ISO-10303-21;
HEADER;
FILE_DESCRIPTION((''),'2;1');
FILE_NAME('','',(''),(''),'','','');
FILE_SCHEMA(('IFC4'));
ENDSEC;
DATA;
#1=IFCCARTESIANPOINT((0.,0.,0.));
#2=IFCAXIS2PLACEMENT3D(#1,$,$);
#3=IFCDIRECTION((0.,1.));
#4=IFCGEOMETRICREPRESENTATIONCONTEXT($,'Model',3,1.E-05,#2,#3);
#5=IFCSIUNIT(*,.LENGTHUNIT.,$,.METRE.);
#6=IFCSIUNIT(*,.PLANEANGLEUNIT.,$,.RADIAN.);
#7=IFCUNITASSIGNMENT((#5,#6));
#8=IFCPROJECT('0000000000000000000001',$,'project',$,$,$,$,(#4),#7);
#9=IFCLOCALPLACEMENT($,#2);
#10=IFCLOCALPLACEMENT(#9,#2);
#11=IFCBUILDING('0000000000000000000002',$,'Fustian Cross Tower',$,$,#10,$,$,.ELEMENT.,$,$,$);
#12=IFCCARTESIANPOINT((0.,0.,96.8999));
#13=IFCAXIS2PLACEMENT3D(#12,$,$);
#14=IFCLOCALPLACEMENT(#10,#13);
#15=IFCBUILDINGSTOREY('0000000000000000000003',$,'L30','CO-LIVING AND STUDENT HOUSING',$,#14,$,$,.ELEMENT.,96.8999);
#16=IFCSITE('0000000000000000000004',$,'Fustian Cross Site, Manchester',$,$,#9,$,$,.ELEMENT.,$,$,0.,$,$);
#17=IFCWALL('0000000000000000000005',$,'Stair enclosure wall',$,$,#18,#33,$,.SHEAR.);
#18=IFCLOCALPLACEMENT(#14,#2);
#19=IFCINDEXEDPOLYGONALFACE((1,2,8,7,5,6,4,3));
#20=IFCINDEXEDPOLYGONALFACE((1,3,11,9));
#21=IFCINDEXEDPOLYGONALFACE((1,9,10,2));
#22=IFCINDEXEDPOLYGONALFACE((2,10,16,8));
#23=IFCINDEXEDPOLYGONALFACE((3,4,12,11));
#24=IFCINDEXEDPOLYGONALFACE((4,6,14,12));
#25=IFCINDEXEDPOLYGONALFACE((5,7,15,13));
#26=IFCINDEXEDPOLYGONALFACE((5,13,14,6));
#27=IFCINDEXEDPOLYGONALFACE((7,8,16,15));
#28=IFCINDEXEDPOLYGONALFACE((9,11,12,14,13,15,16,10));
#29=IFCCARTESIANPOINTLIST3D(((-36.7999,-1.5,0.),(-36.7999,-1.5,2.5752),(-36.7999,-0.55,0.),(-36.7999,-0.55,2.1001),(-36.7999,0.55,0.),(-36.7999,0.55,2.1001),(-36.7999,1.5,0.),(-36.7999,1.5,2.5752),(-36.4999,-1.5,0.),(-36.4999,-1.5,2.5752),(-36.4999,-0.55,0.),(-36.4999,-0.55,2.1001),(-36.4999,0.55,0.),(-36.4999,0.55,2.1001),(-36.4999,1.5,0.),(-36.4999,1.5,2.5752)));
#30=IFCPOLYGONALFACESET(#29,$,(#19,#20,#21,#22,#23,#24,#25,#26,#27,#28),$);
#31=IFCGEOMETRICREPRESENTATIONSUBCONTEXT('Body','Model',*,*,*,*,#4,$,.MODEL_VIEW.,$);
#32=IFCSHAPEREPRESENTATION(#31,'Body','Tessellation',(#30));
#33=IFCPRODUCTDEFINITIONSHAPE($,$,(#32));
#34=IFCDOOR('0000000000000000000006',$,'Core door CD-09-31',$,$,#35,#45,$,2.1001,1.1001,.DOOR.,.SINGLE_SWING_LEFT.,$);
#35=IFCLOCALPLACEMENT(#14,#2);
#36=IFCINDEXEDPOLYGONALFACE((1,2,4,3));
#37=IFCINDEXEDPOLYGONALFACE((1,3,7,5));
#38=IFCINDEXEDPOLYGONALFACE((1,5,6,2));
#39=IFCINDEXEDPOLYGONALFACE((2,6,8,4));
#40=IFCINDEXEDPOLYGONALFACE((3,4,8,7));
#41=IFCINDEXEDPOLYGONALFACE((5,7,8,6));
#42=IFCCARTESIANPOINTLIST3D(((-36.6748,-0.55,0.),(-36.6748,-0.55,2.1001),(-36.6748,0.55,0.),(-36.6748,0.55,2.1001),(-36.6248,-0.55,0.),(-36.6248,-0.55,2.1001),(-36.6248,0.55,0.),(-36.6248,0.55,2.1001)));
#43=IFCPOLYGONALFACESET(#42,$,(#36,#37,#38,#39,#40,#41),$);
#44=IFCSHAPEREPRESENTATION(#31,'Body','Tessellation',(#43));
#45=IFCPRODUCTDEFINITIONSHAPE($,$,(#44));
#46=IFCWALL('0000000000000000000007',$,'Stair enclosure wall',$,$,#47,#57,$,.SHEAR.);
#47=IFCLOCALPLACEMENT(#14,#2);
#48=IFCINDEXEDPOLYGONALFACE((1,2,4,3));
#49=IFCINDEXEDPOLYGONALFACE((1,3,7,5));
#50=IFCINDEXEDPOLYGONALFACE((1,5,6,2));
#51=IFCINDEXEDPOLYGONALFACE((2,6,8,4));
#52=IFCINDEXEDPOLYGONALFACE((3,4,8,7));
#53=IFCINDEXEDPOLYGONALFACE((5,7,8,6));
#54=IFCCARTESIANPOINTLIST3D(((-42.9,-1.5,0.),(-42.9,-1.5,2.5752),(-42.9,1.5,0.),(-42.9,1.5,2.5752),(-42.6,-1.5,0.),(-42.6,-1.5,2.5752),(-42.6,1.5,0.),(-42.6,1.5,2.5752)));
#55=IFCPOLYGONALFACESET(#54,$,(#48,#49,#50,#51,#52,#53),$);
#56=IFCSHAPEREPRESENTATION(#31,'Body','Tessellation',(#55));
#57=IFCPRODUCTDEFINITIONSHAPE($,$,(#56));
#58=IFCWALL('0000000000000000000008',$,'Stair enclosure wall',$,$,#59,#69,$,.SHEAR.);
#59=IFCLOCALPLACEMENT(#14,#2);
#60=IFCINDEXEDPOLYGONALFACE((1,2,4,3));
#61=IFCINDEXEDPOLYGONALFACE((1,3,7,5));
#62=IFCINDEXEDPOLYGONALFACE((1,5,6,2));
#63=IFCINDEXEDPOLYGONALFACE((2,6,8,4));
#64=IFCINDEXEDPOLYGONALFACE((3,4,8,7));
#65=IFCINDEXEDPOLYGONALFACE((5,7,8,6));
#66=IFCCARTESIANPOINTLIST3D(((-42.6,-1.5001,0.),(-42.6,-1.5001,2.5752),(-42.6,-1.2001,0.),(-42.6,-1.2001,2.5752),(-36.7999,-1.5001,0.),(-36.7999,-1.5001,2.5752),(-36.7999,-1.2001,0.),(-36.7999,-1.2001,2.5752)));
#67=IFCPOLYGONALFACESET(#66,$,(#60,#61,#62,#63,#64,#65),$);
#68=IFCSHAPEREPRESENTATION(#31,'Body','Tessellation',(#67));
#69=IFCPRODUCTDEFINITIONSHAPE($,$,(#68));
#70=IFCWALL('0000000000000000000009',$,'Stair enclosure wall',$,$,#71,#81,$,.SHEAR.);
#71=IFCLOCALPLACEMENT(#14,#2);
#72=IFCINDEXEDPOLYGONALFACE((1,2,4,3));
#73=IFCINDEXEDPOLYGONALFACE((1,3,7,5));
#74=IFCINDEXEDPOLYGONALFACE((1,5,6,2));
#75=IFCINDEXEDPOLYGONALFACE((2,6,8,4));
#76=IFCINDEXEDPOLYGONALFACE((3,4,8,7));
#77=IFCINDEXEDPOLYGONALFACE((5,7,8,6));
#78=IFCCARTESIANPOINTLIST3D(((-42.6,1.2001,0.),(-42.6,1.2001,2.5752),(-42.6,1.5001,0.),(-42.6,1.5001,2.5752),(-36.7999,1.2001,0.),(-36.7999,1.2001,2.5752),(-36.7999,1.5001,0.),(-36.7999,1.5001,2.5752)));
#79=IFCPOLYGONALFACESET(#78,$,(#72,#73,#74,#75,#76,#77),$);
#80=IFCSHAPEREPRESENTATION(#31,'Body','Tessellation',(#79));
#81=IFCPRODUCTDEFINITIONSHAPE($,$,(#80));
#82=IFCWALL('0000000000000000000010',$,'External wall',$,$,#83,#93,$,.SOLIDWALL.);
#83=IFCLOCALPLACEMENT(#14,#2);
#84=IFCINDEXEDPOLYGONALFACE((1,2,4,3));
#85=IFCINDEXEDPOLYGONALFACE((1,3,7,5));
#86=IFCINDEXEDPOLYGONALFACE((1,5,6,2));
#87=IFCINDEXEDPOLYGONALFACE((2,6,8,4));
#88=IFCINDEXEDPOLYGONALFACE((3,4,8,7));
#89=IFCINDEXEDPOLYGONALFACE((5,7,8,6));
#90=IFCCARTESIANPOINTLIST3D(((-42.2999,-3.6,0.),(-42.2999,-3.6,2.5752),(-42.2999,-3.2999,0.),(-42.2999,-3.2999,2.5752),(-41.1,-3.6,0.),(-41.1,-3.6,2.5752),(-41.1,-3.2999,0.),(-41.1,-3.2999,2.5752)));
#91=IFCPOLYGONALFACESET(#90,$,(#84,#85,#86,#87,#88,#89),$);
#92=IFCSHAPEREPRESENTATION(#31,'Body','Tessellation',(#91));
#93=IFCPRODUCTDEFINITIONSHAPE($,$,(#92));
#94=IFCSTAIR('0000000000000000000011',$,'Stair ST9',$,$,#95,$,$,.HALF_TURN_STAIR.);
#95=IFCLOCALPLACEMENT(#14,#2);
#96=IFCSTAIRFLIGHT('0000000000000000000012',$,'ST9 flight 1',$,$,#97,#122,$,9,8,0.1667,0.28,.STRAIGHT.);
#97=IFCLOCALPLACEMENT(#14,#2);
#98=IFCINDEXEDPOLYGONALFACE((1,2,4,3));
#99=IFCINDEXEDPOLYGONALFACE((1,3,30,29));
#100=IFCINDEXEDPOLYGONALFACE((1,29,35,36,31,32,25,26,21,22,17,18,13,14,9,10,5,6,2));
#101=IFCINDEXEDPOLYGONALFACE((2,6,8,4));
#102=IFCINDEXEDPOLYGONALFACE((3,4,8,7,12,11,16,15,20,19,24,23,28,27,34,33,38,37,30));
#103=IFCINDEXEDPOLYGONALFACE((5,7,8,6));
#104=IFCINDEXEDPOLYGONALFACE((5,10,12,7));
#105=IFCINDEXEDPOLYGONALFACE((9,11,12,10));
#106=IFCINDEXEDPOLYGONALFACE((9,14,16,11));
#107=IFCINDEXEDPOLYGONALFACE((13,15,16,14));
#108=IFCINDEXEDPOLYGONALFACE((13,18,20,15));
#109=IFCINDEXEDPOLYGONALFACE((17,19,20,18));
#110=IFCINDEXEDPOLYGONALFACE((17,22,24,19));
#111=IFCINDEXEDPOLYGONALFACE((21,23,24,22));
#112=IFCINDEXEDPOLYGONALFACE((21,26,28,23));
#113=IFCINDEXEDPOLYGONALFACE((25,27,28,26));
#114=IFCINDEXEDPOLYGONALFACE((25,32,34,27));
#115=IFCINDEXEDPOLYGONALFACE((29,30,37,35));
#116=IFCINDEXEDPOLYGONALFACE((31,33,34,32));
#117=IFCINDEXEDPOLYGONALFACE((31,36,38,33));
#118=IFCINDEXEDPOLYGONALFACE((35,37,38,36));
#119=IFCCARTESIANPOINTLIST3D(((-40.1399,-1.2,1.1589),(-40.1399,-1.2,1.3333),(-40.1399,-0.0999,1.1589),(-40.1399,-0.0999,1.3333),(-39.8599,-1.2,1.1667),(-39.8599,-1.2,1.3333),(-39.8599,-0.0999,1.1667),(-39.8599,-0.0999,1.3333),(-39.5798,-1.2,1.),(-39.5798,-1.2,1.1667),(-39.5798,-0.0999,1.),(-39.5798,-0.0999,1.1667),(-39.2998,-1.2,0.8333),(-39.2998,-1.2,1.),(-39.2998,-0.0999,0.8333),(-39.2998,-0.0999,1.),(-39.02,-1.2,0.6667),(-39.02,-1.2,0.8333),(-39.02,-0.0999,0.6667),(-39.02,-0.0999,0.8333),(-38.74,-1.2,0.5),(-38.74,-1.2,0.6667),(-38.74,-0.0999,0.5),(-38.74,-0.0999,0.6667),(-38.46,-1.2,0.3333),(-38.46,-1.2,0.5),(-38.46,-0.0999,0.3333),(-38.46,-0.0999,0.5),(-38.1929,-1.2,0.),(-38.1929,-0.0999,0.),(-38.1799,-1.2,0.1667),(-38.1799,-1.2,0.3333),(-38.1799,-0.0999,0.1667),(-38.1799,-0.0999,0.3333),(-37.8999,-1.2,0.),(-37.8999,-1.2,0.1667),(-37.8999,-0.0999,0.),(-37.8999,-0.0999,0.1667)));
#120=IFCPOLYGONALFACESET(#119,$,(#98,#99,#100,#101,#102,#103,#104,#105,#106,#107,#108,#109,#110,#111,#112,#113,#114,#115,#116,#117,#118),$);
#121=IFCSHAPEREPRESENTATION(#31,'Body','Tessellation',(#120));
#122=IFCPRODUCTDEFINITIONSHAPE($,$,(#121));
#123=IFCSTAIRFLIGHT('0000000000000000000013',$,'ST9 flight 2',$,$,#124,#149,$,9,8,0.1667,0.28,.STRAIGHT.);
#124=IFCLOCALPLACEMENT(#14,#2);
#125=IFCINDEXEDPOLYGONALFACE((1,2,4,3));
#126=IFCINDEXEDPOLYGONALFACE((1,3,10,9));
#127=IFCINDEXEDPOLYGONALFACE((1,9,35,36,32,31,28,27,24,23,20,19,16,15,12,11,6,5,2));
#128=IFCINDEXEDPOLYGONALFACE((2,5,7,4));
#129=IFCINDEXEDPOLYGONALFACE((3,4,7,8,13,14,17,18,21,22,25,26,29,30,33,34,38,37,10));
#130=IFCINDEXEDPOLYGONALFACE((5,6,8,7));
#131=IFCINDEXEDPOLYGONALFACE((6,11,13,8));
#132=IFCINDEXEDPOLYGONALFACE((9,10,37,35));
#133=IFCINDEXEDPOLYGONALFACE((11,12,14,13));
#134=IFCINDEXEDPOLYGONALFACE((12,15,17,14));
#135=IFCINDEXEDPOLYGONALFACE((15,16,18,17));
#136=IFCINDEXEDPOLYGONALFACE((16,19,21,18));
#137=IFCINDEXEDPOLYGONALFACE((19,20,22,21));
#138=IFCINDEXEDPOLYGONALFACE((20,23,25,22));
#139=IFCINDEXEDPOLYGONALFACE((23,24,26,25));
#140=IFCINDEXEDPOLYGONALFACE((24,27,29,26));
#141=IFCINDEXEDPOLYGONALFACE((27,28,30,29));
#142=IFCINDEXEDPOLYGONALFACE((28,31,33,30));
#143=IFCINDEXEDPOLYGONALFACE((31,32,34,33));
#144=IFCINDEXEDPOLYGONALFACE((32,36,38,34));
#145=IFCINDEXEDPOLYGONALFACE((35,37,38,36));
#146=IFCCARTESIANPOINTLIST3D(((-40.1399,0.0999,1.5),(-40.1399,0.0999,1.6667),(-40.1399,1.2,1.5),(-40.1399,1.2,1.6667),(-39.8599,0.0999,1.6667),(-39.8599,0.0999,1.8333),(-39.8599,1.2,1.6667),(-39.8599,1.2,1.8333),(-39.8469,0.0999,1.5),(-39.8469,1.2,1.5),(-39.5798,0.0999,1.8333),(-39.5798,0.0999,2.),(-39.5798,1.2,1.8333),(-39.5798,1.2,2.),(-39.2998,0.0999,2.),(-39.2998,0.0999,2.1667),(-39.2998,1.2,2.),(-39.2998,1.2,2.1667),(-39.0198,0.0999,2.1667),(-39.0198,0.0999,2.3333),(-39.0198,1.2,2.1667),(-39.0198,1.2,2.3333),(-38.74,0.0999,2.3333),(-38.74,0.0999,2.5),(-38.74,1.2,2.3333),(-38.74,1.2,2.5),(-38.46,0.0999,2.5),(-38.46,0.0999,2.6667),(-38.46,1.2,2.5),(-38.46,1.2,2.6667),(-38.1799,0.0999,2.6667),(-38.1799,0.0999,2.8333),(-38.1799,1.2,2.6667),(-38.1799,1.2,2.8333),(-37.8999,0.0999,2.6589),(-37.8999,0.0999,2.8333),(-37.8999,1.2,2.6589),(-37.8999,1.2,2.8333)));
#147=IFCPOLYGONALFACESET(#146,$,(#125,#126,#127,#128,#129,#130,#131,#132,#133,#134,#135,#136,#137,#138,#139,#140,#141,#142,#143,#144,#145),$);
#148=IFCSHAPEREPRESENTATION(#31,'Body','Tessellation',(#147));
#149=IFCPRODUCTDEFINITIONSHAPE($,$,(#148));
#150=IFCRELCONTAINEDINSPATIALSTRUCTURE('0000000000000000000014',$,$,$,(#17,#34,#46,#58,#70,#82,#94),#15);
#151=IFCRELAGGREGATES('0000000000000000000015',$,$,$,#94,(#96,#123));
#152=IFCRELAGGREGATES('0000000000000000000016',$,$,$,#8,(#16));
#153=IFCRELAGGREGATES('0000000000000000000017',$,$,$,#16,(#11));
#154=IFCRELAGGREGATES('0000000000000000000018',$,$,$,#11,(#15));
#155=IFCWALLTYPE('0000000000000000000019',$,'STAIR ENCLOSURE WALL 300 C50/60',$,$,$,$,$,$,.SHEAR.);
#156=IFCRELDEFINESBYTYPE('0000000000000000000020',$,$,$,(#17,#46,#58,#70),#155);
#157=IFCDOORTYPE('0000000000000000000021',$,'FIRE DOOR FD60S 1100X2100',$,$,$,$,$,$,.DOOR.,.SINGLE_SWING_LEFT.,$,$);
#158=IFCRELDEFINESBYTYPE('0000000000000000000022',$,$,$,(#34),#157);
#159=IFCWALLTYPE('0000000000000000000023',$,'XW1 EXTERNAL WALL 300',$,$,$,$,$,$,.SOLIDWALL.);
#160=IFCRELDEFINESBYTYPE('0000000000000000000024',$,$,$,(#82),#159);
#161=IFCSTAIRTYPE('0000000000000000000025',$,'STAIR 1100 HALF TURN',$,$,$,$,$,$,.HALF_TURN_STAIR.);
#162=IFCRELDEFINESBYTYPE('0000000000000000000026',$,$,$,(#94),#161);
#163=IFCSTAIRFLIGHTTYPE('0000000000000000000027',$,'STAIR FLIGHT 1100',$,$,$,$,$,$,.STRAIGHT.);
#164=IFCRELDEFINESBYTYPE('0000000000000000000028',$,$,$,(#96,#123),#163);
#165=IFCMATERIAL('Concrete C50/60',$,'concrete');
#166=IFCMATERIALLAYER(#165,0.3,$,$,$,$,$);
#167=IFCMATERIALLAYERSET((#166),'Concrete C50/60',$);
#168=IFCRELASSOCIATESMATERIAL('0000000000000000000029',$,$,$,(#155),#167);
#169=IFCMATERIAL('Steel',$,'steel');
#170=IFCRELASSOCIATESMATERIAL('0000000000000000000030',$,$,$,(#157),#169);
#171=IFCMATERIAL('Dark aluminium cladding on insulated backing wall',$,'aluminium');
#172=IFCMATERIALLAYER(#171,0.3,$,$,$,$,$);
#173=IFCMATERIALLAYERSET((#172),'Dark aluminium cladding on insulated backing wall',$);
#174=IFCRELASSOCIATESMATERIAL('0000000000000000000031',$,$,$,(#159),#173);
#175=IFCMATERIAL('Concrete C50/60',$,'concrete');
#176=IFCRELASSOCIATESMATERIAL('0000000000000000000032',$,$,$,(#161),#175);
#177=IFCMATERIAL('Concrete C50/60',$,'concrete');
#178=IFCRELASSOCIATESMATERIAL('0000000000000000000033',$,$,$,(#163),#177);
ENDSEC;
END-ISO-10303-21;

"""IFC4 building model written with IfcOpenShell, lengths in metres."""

from ifc_helpers import new_model, si_unit, direction, frame, frame_2d, origin, place, context, subcontext, project, spatial, polyline, rectangle, outline, extrude, material, layer, layer_set, type_object, element, fill, aggregate, save


model = new_model("IFC4")

# Units and contexts
model_context = context("Model", 3, precision=1e-05, world=origin(), true_north=direction((0.0, 1.0)))
body_context = subcontext(model_context, "Body", "Model", "MODEL_VIEW")
ifc_project = project(units=[si_unit("LENGTHUNIT", "METRE"), si_unit("PLANEANGLEUNIT", "RADIAN")], contexts=[model_context])

# Site, building, storey
site_placement = place(None, origin())
site = spatial("IfcSite", under=ifc_project, at=site_placement, Name="Fustian Cross Site, Manchester", CompositionType="ELEMENT", RefElevation=0.0)
building_placement = place(site_placement, origin())
building = spatial("IfcBuilding", under=site, at=building_placement, Name="Fustian Cross Tower", CompositionType="ELEMENT")
storey_placement = place(building_placement, frame((0.0, 0.0, 96.8999)))
storey = spatial("IfcBuildingStorey", under=building, at=storey_placement, Name="L30", Description="CO-LIVING AND STUDENT HOUSING", CompositionType="ELEMENT", Elevation=96.8999)

# Wall, opening, door
ifc_material_1 = material(Name="Concrete C50/60", Category="concrete")
ifc_layer_1 = layer(ifc_material_1, 0.3)
ifc_layer_set_1 = layer_set([ifc_layer_1], Name="Concrete C50/60")
wall_type_1 = type_object("IfcWallType", Name="STAIR ENCLOSURE WALL 300 C50/60", PredefinedType="SHEAR", material=ifc_layer_set_1)
wall_1_placement = place(storey_placement, frame((-36.6499, -1.5, 0.0), z_axis=(0.0, 0.0, 1.0), x_axis=(0.0, 1.0, 0.0)))
wall_1 = element("IfcWall", 1, at=wall_1_placement, inside=storey, type_object=wall_type_1, Name="Stair enclosure wall", PredefinedType="SHEAR", context=body_context, shape_type="SweptSolid", body=[
    extrude(rectangle(XDim=3.0, YDim=0.3, at=frame_2d((1.5, 0.0))), origin(), (0.0, 0.0, 1.0), 2.5752),
])
opening_1_placement = place(wall_1_placement, frame((0.95, 0.0, 0.0)))
opening_1 = element("IfcOpeningElement", 2, at=opening_1_placement, cuts=wall_1, PredefinedType="OPENING", context=body_context, shape_type="SweptSolid", body=[
    extrude(rectangle(XDim=1.1001, YDim=2.1001, at=frame_2d((0.55, 1.05))), frame((0.0, 0.1599, 0.0), z_axis=(0.0, -1.0, 0.0), x_axis=(1.0, 0.0, 0.0)), (0.0, 0.0, 1.0), 0.3201),
])
ifc_material_2 = material(Name="Steel", Category="steel")
door_type_1 = type_object("IfcDoorType", Name="FIRE DOOR FD60S 1100X2100", OperationType="SINGLE_SWING_LEFT", PredefinedType="DOOR", material=ifc_material_2)
door_1_placement = place(opening_1_placement, origin())
door_1 = element("IfcDoor", 3, at=door_1_placement, inside=storey, type_object=door_type_1, Name="Core door CD-09-31", OperationType="SINGLE_SWING_LEFT", OverallHeight=2.1001, OverallWidth=1.1001, PredefinedType="DOOR", context=body_context, shape_type="SweptSolid", body=[
    extrude(rectangle(XDim=1.1001, YDim=2.1001, at=frame_2d((0.55, 1.05))), frame((0.0, 0.0249, 0.0), z_axis=(0.0, -1.0, 0.0), x_axis=(1.0, 0.0, 0.0)), (0.0, 0.0, 1.0), 0.05),
])
fill(opening_1, door_1)

# Walls
wall_2_placement = place(storey_placement, frame((-42.75, -1.5, 0.0), z_axis=(0.0, 0.0, 1.0), x_axis=(0.0, 1.0, 0.0)))
element("IfcWall", 4, at=wall_2_placement, inside=storey, type_object=wall_type_1, Name="Stair enclosure wall", PredefinedType="SHEAR", context=body_context, shape_type="SweptSolid", body=[
    extrude(rectangle(XDim=3.0, YDim=0.3, at=frame_2d((1.5, 0.0))), origin(), (0.0, 0.0, 1.0), 2.5752),
])
for number, where, z_axis, x_axis, name in (
    (5, (-36.8, -1.3501, 0.0), (0.0, 0.0, 1.0), (-1.0, 0.0, 0.0), "Stair enclosure wall"),
    (6, (-36.8, 1.3501, 0.0), (0.0, 0.0, 1.0), (-1.0, 0.0, 0.0), "Stair enclosure wall"),
):
    element("IfcWall", number, at=place(storey_placement, frame(where, z_axis=z_axis, x_axis=x_axis)), inside=storey, type_object=wall_type_1, Name=name, PredefinedType="SHEAR", context=body_context, shape_type="SweptSolid", body=[
        extrude(rectangle(XDim=5.8, YDim=0.3, at=frame_2d((2.8999, 0.0))), origin(), (0.0, 0.0, 1.0), 2.5752),
    ])
ifc_material_3 = material(Name="Dark aluminium cladding on insulated backing wall", Category="aluminium")
ifc_layer_2 = layer(ifc_material_3, 0.3)
ifc_layer_set_2 = layer_set([ifc_layer_2], Name="Dark aluminium cladding on insulated backing wall")
wall_type_2 = type_object("IfcWallType", Name="XW1 EXTERNAL WALL 300", PredefinedType="SOLIDWALL", material=ifc_layer_set_2)
wall_3_placement = place(storey_placement, frame((-42.3, -3.45, 0.0), z_axis=(0.0, 0.0, 1.0), x_axis=(1.0, 0.0, 0.0)))
element("IfcWall", 7, at=wall_3_placement, inside=storey, type_object=wall_type_2, Name="External wall", PredefinedType="SOLIDWALL", context=body_context, shape_type="SweptSolid", body=[
    extrude(rectangle(XDim=1.2, YDim=0.3, at=frame_2d((0.6001, 0.0))), origin(), (0.0, 0.0, 1.0), 2.5752),
])

# Stair, stair flights
ifc_material_4 = material(Name="Concrete C50/60", Category="concrete")
stair_type = type_object("IfcStairType", Name="STAIR 1100 HALF TURN", PredefinedType="HALF_TURN_STAIR", material=ifc_material_4)
stair_placement = place(storey_placement, origin())
stair = element("IfcStair", 8, at=stair_placement, inside=storey, type_object=stair_type, Name="Stair ST9", PredefinedType="HALF_TURN_STAIR")
ifc_material_5 = material(Name="Concrete C50/60", Category="concrete")
stair_flight_type = type_object("IfcStairFlightType", Name="STAIR FLIGHT 1100", PredefinedType="STRAIGHT", material=ifc_material_5)
stair_flight_1_placement = place(storey_placement, frame((-37.8999, -0.6499, 0.0), z_axis=(0.0, 0.0, 1.0), x_axis=(-1.0, 0.0, 0.0)))
stair_flight_1 = element("IfcStairFlight", 9, at=stair_flight_1_placement, type_object=stair_flight_type, Name="ST9 flight 1", NumberOfRisers=9, NumberOfTreads=8, PredefinedType="STRAIGHT", RiserHeight=0.1667, TreadLength=0.28, context=body_context, shape_type="SweptSolid", body=[
    extrude(outline(polyline([(0.0, 0.0), (0.0, 0.1667), (0.28, 0.1667), (0.28, 0.3333), (0.5601, 0.3333), (0.5601, 0.5), (0.8401, 0.5), (0.8401, 0.6667), (1.1201, 0.6667), (1.1201, 0.8333), (1.3999, 0.8333), (1.3999, 1.0), (1.6799, 1.0), (1.6799, 1.1667), (1.96, 1.1667), (1.96, 1.3333), (2.24, 1.3333), (2.24, 1.5), (2.24, 1.1589), (0.293, 0.0), (0.0, 0.0)])), frame((0.0, 0.55, 0.0), z_axis=(0.0, -1.0, 0.0), x_axis=(1.0, 0.0, 0.0)), (0.0, 0.0, 1.0), 1.1001),
])
stair_flight_2_placement = place(storey_placement, frame((-40.1399, 0.6499, 1.5), z_axis=(0.0, 0.0, 1.0), x_axis=(1.0, 0.0, 0.0)))
stair_flight_2 = element("IfcStairFlight", 10, at=stair_flight_2_placement, type_object=stair_flight_type, Name="ST9 flight 2", NumberOfRisers=9, NumberOfTreads=8, PredefinedType="STRAIGHT", RiserHeight=0.1667, TreadLength=0.28, context=body_context, shape_type="SweptSolid", body=[
    extrude(outline(polyline([(0.0, 0.0), (0.0, 0.1667), (0.28, 0.1667), (0.28, 0.3333), (0.5601, 0.3333), (0.5601, 0.5), (0.8401, 0.5), (0.8401, 0.6667), (1.1201, 0.6667), (1.1201, 0.8333), (1.3999, 0.8333), (1.3999, 1.0), (1.6799, 1.0), (1.6799, 1.1667), (1.96, 1.1667), (1.96, 1.3333), (2.24, 1.3333), (2.24, 1.5), (2.24, 1.1589), (0.293, 0.0), (0.0, 0.0)])), frame((0.0, 0.55, 0.0), z_axis=(0.0, -1.0, 0.0), x_axis=(1.0, 0.0, 0.0)), (0.0, 0.0, 1.0), 1.1001),
])
aggregate(stair, [stair_flight_1, stair_flight_2])

save(model, "model.ifc")
